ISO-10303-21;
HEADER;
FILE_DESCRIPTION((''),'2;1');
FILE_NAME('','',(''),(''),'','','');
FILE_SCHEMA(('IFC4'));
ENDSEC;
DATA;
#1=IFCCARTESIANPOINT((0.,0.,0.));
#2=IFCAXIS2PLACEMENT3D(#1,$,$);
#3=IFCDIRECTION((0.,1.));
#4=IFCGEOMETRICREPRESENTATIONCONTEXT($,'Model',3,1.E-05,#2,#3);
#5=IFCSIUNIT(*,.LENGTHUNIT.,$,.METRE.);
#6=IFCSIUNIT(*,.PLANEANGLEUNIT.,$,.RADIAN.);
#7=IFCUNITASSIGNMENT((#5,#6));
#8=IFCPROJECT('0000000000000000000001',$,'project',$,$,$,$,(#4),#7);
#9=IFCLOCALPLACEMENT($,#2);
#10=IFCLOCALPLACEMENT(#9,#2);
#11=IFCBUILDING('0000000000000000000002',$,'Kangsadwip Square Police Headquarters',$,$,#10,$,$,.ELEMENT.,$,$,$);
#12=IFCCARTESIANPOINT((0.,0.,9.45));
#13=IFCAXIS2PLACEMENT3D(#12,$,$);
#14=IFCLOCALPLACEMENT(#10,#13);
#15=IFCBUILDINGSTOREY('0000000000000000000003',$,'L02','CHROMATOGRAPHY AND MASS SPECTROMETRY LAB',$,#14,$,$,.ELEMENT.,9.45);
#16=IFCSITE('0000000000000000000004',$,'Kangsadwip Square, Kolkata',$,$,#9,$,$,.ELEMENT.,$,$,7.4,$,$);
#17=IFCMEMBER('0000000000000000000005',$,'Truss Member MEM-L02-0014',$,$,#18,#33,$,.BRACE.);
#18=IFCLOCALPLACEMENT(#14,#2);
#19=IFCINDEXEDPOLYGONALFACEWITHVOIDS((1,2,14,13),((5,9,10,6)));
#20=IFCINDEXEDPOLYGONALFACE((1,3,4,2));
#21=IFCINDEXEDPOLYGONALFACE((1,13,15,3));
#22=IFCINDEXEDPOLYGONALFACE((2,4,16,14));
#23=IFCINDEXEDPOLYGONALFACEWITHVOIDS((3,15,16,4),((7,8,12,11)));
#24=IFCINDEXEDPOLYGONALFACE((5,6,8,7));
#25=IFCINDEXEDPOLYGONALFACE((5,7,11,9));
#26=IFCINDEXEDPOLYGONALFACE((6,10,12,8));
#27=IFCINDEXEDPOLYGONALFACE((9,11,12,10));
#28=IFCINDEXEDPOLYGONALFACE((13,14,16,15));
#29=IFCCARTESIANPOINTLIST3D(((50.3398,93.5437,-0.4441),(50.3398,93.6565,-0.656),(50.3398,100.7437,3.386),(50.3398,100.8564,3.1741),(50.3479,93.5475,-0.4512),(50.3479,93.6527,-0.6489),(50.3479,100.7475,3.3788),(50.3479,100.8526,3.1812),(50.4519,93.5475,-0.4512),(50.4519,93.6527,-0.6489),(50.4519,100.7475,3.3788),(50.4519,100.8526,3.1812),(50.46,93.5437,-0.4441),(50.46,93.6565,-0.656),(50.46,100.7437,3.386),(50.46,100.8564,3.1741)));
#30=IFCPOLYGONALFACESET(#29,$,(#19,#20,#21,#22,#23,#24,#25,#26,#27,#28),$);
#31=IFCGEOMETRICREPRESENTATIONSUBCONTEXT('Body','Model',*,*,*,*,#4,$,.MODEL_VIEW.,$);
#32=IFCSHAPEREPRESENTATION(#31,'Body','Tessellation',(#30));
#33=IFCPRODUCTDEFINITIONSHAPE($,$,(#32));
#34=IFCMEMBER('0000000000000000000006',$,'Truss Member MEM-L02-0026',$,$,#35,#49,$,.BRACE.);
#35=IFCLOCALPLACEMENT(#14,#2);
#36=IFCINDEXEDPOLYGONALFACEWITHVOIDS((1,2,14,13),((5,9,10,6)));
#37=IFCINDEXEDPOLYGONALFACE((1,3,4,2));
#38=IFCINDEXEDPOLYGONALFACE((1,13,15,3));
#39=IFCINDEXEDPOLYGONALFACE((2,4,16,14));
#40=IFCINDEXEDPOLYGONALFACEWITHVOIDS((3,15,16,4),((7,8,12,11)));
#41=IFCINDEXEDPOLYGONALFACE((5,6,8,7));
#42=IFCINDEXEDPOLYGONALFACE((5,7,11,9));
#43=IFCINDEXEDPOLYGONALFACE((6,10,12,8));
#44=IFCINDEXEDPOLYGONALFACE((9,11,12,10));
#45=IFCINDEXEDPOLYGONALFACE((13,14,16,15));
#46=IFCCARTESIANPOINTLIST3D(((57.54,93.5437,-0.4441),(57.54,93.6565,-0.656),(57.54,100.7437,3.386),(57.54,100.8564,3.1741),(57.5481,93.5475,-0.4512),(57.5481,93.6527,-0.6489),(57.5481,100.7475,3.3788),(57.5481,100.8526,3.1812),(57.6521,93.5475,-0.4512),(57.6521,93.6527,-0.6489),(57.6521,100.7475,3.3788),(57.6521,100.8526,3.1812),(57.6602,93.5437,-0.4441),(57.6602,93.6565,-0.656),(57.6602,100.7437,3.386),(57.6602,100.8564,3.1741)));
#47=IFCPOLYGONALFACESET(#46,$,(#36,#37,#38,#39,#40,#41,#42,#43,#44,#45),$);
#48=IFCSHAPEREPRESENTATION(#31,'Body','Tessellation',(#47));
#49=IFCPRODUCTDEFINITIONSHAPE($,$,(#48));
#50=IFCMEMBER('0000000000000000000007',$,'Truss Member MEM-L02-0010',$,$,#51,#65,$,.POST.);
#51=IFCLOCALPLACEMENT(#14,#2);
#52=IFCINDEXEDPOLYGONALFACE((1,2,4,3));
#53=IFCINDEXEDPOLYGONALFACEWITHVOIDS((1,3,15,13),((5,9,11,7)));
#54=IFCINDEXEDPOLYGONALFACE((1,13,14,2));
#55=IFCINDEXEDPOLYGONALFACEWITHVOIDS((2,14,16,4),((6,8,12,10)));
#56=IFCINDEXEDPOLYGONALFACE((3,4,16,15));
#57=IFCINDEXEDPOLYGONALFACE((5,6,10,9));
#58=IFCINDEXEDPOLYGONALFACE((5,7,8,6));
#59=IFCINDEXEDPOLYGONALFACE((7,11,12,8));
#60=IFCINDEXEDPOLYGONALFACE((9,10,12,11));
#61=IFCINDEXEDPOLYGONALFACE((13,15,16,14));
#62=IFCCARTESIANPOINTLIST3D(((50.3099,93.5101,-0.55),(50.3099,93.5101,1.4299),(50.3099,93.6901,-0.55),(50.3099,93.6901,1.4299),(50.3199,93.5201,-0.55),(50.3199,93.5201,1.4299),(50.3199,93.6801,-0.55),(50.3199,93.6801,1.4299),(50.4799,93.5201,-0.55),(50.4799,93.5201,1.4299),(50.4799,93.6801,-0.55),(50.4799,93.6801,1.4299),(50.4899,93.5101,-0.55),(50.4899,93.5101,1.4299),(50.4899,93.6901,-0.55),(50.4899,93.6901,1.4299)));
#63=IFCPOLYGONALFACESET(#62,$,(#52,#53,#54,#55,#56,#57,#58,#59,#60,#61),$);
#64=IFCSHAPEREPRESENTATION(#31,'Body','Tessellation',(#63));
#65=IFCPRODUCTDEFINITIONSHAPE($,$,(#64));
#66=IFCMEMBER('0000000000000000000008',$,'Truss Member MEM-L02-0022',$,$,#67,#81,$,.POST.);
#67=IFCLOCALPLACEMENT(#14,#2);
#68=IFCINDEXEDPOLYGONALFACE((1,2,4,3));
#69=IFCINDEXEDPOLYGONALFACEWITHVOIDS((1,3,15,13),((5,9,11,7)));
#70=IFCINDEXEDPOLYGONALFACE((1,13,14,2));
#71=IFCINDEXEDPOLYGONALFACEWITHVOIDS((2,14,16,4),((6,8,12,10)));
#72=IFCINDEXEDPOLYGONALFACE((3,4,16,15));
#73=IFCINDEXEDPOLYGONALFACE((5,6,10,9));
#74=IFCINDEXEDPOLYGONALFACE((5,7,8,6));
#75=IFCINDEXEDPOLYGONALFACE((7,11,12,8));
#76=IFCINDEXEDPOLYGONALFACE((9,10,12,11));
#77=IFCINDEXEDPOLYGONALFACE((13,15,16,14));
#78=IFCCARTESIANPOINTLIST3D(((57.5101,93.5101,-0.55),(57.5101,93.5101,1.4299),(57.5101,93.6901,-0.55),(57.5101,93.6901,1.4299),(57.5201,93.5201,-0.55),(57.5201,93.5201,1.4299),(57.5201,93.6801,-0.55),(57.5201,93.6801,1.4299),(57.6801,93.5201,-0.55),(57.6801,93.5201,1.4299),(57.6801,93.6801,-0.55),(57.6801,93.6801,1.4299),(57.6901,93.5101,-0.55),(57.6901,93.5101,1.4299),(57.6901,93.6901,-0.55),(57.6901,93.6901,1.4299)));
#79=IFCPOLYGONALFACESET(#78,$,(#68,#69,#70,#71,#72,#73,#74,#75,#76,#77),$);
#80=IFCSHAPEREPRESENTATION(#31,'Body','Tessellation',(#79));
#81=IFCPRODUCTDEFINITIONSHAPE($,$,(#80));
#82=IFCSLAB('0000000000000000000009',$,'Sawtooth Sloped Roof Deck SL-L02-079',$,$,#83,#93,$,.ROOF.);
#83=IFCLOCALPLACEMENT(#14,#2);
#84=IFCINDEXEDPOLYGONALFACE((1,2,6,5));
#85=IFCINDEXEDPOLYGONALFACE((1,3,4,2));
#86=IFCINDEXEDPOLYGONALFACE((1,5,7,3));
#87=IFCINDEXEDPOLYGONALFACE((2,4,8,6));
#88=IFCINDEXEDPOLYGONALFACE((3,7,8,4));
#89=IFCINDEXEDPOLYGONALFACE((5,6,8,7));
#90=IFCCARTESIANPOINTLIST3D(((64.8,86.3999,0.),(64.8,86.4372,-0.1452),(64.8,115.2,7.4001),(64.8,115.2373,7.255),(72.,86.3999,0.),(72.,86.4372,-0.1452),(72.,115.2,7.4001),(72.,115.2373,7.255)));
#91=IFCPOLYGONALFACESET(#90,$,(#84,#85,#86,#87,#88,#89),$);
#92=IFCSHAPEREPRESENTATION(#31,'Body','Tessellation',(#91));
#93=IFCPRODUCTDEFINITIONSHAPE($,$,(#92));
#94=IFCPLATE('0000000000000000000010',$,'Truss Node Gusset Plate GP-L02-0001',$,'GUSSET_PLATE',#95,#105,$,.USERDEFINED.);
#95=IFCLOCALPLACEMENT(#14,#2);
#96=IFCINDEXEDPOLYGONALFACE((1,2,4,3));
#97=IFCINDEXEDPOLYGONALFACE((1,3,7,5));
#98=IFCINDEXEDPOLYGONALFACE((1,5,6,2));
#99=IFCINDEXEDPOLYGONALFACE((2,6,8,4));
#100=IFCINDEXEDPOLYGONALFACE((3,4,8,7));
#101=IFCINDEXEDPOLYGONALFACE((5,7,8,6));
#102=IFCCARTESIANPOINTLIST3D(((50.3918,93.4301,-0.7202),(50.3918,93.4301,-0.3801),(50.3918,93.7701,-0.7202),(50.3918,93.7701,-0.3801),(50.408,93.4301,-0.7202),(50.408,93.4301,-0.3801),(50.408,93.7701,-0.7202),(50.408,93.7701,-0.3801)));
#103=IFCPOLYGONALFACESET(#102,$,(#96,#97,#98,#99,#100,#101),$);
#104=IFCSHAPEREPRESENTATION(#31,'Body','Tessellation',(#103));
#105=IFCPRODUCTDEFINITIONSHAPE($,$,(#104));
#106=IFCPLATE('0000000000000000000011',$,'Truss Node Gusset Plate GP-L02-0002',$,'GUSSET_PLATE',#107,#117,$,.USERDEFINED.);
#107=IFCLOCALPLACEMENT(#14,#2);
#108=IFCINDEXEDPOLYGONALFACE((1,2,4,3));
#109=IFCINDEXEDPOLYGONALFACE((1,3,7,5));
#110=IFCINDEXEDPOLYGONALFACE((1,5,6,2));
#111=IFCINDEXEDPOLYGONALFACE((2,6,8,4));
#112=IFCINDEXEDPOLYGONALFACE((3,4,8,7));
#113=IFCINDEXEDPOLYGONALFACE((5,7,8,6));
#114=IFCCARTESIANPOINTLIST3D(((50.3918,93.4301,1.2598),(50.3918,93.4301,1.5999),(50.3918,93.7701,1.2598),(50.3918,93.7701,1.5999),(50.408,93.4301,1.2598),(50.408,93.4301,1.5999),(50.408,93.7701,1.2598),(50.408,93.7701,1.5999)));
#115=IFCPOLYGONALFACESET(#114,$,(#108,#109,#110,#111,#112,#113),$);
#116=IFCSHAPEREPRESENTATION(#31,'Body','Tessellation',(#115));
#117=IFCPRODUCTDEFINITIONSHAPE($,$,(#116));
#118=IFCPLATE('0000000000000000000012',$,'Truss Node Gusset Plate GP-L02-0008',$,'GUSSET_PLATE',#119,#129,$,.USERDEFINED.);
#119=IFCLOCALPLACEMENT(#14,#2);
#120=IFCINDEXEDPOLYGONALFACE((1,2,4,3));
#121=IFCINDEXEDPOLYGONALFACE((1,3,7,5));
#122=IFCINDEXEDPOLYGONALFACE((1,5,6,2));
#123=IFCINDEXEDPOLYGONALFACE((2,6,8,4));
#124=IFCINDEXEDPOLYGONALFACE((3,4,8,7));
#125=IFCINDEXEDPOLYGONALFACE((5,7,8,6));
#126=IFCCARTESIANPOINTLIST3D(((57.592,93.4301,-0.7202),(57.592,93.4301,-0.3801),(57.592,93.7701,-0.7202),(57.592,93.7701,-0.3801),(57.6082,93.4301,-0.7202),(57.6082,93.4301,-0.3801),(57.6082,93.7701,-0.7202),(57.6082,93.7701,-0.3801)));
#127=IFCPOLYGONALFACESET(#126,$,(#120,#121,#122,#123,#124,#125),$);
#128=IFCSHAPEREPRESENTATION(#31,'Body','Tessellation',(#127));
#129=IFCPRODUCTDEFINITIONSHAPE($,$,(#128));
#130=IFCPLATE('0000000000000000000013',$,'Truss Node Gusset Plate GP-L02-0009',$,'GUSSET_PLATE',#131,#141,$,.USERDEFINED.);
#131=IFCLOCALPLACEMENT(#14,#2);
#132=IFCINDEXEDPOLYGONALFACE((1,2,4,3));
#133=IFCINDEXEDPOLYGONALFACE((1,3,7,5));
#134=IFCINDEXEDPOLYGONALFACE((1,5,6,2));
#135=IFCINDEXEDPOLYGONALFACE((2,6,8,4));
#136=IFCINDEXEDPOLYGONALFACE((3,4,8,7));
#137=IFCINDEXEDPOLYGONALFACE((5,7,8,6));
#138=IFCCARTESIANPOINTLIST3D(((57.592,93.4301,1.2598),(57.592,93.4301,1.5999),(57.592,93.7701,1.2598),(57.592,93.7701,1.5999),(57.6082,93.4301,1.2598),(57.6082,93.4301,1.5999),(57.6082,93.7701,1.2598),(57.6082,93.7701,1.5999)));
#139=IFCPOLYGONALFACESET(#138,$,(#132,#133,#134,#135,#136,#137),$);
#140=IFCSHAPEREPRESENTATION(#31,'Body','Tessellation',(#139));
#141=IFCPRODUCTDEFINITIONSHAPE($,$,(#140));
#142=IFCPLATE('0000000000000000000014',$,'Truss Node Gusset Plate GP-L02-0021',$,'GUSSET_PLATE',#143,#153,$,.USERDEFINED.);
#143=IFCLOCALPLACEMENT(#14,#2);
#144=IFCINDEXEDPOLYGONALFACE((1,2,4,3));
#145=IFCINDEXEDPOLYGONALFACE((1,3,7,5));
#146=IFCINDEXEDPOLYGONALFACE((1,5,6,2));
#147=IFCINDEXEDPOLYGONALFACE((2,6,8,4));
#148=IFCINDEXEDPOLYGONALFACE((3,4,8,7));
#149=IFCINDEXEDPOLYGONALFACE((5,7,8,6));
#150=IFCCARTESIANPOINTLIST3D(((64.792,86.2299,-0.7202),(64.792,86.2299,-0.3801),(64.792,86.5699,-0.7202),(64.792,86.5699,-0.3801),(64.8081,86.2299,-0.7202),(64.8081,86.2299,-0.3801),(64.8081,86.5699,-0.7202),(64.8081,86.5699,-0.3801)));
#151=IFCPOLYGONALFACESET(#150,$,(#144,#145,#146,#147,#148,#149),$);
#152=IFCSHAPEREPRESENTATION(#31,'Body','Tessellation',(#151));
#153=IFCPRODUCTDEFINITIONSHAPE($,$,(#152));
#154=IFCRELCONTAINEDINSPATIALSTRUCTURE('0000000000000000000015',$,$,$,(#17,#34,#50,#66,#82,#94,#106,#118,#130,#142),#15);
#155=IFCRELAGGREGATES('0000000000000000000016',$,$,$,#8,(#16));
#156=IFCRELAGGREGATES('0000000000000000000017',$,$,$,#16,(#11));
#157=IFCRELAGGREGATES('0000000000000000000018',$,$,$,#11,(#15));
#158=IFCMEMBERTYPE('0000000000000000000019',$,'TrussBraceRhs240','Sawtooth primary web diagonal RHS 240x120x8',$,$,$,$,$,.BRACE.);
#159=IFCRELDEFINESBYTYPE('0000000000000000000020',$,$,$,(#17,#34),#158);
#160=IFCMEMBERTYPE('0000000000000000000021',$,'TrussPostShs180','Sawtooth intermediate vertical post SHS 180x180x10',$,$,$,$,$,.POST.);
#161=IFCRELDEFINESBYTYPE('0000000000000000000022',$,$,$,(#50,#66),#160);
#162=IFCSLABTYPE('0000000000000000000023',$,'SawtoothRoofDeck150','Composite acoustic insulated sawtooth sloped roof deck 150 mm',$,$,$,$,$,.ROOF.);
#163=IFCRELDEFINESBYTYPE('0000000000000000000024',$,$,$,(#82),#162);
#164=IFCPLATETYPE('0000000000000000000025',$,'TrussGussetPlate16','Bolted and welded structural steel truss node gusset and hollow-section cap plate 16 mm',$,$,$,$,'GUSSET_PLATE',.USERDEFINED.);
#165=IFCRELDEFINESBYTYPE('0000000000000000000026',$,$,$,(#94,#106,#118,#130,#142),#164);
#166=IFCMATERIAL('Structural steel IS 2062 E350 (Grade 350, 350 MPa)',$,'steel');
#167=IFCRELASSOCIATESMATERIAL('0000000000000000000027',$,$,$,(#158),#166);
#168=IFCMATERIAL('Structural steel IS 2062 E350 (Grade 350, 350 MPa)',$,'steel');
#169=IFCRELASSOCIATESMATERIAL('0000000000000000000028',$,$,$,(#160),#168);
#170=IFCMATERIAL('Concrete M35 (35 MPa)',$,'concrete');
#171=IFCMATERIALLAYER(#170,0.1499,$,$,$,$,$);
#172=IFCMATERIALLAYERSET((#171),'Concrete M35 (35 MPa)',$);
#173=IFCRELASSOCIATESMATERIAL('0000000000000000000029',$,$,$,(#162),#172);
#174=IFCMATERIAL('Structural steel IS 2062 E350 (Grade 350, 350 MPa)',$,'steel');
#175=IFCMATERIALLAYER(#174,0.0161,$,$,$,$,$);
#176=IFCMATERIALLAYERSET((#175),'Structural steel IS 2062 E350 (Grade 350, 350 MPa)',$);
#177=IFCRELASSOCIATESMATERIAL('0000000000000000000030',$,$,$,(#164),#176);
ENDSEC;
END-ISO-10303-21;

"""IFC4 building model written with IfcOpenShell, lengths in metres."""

from ifc_helpers import new_model, si_unit, direction, frame, origin, origin_2d, place, context, subcontext, project, spatial, polyline, rectangle, hollow_rectangle, outline, extrude, material, layer, layer_set, material_profile, profile_set, type_object, element, save


model = new_model("IFC4")

# Units and contexts
model_context = context("Model", 3, precision=1e-05, world=origin(), true_north=direction((0.0, 1.0)))
body_context = subcontext(model_context, "Body", "Model", "MODEL_VIEW")
ifc_project = project(units=[si_unit("LENGTHUNIT", "METRE"), si_unit("PLANEANGLEUNIT", "RADIAN")], contexts=[model_context])

# Site, building, storey
site_placement = place(None, origin())
site = spatial("IfcSite", under=ifc_project, at=site_placement, Name="Kangsadwip Square, Kolkata", CompositionType="ELEMENT", RefElevation=7.4)
building_placement = place(site_placement, origin())
building = spatial("IfcBuilding", under=site, at=building_placement, Name="Kangsadwip Square Police Headquarters", CompositionType="ELEMENT")
storey_placement = place(building_placement, frame((0.0, 0.0, 9.45)))
storey = spatial("IfcBuildingStorey", under=building, at=storey_placement, Name="L02", Description="CHROMATOGRAPHY AND MASS SPECTROMETRY LAB", CompositionType="ELEMENT", Elevation=9.45)

# Members
ifc_material_1 = material(Name="Structural steel IS 2062 E350 (Grade 350, 350 MPa)", Category="steel")
ifc_material_profile_1 = material_profile(ifc_material_1, hollow_rectangle(XDim=0.1201, YDim=0.24, WallThickness=0.0081, at=origin_2d()), Name="RHS 240X120X8")
ifc_profile_set_1 = profile_set([ifc_material_profile_1], Name="Structural steel IS 2062 E350 (Grade 350, 350 MPa)")
member_type_1 = type_object("IfcMemberType", Name="TrussBraceRhs240", Description="Sawtooth primary web diagonal RHS 240x120x8", PredefinedType="BRACE", material=ifc_profile_set_1)
for number, where, z_axis, x_axis, name in (
    (1, (50.3999, 93.6001, -0.55), (0.0, 0.882856, 0.469643), (-1.0, 0.0, 0.0), "Truss Member MEM-L02-0014"),
    (2, (57.6001, 93.6001, -0.55), (0.0, 0.882856, 0.469643), (-1.0, 0.0, 0.0), "Truss Member MEM-L02-0026"),
):
    element("IfcMember", number, at=place(storey_placement, frame(where, z_axis=z_axis, x_axis=x_axis)), inside=storey, type_object=member_type_1, Name=name, PredefinedType="BRACE", context=body_context, shape_type="SweptSolid", body=[
        extrude(hollow_rectangle(XDim=0.1201, YDim=0.24, WallThickness=0.0081, at=origin_2d()), origin(), (0.0, 0.0, 1.0), 8.1553),
    ])
ifc_material_2 = material(Name="Structural steel IS 2062 E350 (Grade 350, 350 MPa)", Category="steel")
ifc_material_profile_2 = material_profile(ifc_material_2, hollow_rectangle(XDim=0.1799, YDim=0.1799, WallThickness=0.01, at=origin_2d()), Name="SHS 180X180X10")
ifc_profile_set_2 = profile_set([ifc_material_profile_2], Name="Structural steel IS 2062 E350 (Grade 350, 350 MPa)")
member_type_2 = type_object("IfcMemberType", Name="TrussPostShs180", Description="Sawtooth intermediate vertical post SHS 180x180x10", PredefinedType="POST", material=ifc_profile_set_2)
for number, where, z_axis, x_axis, name in (
    (3, (50.3999, 93.6001, -0.55), (0.0, 0.0, 1.0), (1.0, 0.0, 0.0), "Truss Member MEM-L02-0010"),
    (4, (57.6001, 93.6001, -0.55), (0.0, 0.0, 1.0), (1.0, 0.0, 0.0), "Truss Member MEM-L02-0022"),
):
    element("IfcMember", number, at=place(storey_placement, frame(where, z_axis=z_axis, x_axis=x_axis)), inside=storey, type_object=member_type_2, Name=name, PredefinedType="POST", context=body_context, shape_type="SweptSolid", body=[
        extrude(hollow_rectangle(XDim=0.1799, YDim=0.1799, WallThickness=0.01, at=origin_2d()), origin(), (0.0, 0.0, 1.0), 1.98),
    ])

# Slab
ifc_material_3 = material(Name="Concrete M35 (35 MPa)", Category="concrete")
ifc_layer_1 = layer(ifc_material_3, 0.1499)
ifc_layer_set_1 = layer_set([ifc_layer_1], Name="Concrete M35 (35 MPa)")
slab_type = type_object("IfcSlabType", Name="SawtoothRoofDeck150", Description="Composite acoustic insulated sawtooth sloped roof deck 150 mm", PredefinedType="ROOF", material=ifc_layer_set_1)
slab_placement = place(storey_placement, frame((64.8, 86.3999, 0.0), z_axis=(0.0, -0.248865, 0.968538), x_axis=(1.0, 0.0, 0.0)))
element("IfcSlab", 5, at=slab_placement, inside=storey, type_object=slab_type, Name="Sawtooth Sloped Roof Deck SL-L02-079", PredefinedType="ROOF", context=body_context, shape_type="SweptSolid", body=[
    extrude(outline(polyline([(0.0, 0.0), (7.2, 0.0), (7.2, 29.7356), (0.0, 29.7356), (0.0, 0.0)])), origin(), (0.0, 0.0, -1.0), 0.1499),
])

# Plates
ifc_material_4 = material(Name="Structural steel IS 2062 E350 (Grade 350, 350 MPa)", Category="steel")
ifc_layer_2 = layer(ifc_material_4, 0.0161)
ifc_layer_set_2 = layer_set([ifc_layer_2], Name="Structural steel IS 2062 E350 (Grade 350, 350 MPa)")
plate_type = type_object("IfcPlateType", Name="TrussGussetPlate16", Description="Bolted and welded structural steel truss node gusset and hollow-section cap plate 16 mm", ElementType="GUSSET_PLATE", PredefinedType="USERDEFINED", material=ifc_layer_set_2)
for number, where, z_axis, x_axis, name in (
    (6, (50.3999, 93.6001, -0.7202), (0.0, 0.0, 1.0), (0.0, 1.0, 0.0), "Truss Node Gusset Plate GP-L02-0001"),
    (7, (50.3999, 93.6001, 1.2598), (0.0, 0.0, 1.0), (0.0, 1.0, 0.0), "Truss Node Gusset Plate GP-L02-0002"),
    (8, (57.6001, 93.6001, -0.7202), (0.0, 0.0, 1.0), (0.0, 1.0, 0.0), "Truss Node Gusset Plate GP-L02-0008"),
    (9, (57.6001, 93.6001, 1.2598), (0.0, 0.0, 1.0), (0.0, 1.0, 0.0), "Truss Node Gusset Plate GP-L02-0009"),
    (10, (64.8, 86.3999, -0.7202), (0.0, 0.0, 1.0), (0.0, 1.0, 0.0), "Truss Node Gusset Plate GP-L02-0021"),
):
    element("IfcPlate", number, at=place(storey_placement, frame(where, z_axis=z_axis, x_axis=x_axis)), inside=storey, type_object=plate_type, Name=name, ObjectType="GUSSET_PLATE", PredefinedType="USERDEFINED", context=body_context, shape_type="SweptSolid", body=[
        extrude(rectangle(XDim=0.3401, YDim=0.0161, at=origin_2d()), origin(), (0.0, 0.0, 1.0), 0.3401),
    ])

save(model, "model.ifc")
